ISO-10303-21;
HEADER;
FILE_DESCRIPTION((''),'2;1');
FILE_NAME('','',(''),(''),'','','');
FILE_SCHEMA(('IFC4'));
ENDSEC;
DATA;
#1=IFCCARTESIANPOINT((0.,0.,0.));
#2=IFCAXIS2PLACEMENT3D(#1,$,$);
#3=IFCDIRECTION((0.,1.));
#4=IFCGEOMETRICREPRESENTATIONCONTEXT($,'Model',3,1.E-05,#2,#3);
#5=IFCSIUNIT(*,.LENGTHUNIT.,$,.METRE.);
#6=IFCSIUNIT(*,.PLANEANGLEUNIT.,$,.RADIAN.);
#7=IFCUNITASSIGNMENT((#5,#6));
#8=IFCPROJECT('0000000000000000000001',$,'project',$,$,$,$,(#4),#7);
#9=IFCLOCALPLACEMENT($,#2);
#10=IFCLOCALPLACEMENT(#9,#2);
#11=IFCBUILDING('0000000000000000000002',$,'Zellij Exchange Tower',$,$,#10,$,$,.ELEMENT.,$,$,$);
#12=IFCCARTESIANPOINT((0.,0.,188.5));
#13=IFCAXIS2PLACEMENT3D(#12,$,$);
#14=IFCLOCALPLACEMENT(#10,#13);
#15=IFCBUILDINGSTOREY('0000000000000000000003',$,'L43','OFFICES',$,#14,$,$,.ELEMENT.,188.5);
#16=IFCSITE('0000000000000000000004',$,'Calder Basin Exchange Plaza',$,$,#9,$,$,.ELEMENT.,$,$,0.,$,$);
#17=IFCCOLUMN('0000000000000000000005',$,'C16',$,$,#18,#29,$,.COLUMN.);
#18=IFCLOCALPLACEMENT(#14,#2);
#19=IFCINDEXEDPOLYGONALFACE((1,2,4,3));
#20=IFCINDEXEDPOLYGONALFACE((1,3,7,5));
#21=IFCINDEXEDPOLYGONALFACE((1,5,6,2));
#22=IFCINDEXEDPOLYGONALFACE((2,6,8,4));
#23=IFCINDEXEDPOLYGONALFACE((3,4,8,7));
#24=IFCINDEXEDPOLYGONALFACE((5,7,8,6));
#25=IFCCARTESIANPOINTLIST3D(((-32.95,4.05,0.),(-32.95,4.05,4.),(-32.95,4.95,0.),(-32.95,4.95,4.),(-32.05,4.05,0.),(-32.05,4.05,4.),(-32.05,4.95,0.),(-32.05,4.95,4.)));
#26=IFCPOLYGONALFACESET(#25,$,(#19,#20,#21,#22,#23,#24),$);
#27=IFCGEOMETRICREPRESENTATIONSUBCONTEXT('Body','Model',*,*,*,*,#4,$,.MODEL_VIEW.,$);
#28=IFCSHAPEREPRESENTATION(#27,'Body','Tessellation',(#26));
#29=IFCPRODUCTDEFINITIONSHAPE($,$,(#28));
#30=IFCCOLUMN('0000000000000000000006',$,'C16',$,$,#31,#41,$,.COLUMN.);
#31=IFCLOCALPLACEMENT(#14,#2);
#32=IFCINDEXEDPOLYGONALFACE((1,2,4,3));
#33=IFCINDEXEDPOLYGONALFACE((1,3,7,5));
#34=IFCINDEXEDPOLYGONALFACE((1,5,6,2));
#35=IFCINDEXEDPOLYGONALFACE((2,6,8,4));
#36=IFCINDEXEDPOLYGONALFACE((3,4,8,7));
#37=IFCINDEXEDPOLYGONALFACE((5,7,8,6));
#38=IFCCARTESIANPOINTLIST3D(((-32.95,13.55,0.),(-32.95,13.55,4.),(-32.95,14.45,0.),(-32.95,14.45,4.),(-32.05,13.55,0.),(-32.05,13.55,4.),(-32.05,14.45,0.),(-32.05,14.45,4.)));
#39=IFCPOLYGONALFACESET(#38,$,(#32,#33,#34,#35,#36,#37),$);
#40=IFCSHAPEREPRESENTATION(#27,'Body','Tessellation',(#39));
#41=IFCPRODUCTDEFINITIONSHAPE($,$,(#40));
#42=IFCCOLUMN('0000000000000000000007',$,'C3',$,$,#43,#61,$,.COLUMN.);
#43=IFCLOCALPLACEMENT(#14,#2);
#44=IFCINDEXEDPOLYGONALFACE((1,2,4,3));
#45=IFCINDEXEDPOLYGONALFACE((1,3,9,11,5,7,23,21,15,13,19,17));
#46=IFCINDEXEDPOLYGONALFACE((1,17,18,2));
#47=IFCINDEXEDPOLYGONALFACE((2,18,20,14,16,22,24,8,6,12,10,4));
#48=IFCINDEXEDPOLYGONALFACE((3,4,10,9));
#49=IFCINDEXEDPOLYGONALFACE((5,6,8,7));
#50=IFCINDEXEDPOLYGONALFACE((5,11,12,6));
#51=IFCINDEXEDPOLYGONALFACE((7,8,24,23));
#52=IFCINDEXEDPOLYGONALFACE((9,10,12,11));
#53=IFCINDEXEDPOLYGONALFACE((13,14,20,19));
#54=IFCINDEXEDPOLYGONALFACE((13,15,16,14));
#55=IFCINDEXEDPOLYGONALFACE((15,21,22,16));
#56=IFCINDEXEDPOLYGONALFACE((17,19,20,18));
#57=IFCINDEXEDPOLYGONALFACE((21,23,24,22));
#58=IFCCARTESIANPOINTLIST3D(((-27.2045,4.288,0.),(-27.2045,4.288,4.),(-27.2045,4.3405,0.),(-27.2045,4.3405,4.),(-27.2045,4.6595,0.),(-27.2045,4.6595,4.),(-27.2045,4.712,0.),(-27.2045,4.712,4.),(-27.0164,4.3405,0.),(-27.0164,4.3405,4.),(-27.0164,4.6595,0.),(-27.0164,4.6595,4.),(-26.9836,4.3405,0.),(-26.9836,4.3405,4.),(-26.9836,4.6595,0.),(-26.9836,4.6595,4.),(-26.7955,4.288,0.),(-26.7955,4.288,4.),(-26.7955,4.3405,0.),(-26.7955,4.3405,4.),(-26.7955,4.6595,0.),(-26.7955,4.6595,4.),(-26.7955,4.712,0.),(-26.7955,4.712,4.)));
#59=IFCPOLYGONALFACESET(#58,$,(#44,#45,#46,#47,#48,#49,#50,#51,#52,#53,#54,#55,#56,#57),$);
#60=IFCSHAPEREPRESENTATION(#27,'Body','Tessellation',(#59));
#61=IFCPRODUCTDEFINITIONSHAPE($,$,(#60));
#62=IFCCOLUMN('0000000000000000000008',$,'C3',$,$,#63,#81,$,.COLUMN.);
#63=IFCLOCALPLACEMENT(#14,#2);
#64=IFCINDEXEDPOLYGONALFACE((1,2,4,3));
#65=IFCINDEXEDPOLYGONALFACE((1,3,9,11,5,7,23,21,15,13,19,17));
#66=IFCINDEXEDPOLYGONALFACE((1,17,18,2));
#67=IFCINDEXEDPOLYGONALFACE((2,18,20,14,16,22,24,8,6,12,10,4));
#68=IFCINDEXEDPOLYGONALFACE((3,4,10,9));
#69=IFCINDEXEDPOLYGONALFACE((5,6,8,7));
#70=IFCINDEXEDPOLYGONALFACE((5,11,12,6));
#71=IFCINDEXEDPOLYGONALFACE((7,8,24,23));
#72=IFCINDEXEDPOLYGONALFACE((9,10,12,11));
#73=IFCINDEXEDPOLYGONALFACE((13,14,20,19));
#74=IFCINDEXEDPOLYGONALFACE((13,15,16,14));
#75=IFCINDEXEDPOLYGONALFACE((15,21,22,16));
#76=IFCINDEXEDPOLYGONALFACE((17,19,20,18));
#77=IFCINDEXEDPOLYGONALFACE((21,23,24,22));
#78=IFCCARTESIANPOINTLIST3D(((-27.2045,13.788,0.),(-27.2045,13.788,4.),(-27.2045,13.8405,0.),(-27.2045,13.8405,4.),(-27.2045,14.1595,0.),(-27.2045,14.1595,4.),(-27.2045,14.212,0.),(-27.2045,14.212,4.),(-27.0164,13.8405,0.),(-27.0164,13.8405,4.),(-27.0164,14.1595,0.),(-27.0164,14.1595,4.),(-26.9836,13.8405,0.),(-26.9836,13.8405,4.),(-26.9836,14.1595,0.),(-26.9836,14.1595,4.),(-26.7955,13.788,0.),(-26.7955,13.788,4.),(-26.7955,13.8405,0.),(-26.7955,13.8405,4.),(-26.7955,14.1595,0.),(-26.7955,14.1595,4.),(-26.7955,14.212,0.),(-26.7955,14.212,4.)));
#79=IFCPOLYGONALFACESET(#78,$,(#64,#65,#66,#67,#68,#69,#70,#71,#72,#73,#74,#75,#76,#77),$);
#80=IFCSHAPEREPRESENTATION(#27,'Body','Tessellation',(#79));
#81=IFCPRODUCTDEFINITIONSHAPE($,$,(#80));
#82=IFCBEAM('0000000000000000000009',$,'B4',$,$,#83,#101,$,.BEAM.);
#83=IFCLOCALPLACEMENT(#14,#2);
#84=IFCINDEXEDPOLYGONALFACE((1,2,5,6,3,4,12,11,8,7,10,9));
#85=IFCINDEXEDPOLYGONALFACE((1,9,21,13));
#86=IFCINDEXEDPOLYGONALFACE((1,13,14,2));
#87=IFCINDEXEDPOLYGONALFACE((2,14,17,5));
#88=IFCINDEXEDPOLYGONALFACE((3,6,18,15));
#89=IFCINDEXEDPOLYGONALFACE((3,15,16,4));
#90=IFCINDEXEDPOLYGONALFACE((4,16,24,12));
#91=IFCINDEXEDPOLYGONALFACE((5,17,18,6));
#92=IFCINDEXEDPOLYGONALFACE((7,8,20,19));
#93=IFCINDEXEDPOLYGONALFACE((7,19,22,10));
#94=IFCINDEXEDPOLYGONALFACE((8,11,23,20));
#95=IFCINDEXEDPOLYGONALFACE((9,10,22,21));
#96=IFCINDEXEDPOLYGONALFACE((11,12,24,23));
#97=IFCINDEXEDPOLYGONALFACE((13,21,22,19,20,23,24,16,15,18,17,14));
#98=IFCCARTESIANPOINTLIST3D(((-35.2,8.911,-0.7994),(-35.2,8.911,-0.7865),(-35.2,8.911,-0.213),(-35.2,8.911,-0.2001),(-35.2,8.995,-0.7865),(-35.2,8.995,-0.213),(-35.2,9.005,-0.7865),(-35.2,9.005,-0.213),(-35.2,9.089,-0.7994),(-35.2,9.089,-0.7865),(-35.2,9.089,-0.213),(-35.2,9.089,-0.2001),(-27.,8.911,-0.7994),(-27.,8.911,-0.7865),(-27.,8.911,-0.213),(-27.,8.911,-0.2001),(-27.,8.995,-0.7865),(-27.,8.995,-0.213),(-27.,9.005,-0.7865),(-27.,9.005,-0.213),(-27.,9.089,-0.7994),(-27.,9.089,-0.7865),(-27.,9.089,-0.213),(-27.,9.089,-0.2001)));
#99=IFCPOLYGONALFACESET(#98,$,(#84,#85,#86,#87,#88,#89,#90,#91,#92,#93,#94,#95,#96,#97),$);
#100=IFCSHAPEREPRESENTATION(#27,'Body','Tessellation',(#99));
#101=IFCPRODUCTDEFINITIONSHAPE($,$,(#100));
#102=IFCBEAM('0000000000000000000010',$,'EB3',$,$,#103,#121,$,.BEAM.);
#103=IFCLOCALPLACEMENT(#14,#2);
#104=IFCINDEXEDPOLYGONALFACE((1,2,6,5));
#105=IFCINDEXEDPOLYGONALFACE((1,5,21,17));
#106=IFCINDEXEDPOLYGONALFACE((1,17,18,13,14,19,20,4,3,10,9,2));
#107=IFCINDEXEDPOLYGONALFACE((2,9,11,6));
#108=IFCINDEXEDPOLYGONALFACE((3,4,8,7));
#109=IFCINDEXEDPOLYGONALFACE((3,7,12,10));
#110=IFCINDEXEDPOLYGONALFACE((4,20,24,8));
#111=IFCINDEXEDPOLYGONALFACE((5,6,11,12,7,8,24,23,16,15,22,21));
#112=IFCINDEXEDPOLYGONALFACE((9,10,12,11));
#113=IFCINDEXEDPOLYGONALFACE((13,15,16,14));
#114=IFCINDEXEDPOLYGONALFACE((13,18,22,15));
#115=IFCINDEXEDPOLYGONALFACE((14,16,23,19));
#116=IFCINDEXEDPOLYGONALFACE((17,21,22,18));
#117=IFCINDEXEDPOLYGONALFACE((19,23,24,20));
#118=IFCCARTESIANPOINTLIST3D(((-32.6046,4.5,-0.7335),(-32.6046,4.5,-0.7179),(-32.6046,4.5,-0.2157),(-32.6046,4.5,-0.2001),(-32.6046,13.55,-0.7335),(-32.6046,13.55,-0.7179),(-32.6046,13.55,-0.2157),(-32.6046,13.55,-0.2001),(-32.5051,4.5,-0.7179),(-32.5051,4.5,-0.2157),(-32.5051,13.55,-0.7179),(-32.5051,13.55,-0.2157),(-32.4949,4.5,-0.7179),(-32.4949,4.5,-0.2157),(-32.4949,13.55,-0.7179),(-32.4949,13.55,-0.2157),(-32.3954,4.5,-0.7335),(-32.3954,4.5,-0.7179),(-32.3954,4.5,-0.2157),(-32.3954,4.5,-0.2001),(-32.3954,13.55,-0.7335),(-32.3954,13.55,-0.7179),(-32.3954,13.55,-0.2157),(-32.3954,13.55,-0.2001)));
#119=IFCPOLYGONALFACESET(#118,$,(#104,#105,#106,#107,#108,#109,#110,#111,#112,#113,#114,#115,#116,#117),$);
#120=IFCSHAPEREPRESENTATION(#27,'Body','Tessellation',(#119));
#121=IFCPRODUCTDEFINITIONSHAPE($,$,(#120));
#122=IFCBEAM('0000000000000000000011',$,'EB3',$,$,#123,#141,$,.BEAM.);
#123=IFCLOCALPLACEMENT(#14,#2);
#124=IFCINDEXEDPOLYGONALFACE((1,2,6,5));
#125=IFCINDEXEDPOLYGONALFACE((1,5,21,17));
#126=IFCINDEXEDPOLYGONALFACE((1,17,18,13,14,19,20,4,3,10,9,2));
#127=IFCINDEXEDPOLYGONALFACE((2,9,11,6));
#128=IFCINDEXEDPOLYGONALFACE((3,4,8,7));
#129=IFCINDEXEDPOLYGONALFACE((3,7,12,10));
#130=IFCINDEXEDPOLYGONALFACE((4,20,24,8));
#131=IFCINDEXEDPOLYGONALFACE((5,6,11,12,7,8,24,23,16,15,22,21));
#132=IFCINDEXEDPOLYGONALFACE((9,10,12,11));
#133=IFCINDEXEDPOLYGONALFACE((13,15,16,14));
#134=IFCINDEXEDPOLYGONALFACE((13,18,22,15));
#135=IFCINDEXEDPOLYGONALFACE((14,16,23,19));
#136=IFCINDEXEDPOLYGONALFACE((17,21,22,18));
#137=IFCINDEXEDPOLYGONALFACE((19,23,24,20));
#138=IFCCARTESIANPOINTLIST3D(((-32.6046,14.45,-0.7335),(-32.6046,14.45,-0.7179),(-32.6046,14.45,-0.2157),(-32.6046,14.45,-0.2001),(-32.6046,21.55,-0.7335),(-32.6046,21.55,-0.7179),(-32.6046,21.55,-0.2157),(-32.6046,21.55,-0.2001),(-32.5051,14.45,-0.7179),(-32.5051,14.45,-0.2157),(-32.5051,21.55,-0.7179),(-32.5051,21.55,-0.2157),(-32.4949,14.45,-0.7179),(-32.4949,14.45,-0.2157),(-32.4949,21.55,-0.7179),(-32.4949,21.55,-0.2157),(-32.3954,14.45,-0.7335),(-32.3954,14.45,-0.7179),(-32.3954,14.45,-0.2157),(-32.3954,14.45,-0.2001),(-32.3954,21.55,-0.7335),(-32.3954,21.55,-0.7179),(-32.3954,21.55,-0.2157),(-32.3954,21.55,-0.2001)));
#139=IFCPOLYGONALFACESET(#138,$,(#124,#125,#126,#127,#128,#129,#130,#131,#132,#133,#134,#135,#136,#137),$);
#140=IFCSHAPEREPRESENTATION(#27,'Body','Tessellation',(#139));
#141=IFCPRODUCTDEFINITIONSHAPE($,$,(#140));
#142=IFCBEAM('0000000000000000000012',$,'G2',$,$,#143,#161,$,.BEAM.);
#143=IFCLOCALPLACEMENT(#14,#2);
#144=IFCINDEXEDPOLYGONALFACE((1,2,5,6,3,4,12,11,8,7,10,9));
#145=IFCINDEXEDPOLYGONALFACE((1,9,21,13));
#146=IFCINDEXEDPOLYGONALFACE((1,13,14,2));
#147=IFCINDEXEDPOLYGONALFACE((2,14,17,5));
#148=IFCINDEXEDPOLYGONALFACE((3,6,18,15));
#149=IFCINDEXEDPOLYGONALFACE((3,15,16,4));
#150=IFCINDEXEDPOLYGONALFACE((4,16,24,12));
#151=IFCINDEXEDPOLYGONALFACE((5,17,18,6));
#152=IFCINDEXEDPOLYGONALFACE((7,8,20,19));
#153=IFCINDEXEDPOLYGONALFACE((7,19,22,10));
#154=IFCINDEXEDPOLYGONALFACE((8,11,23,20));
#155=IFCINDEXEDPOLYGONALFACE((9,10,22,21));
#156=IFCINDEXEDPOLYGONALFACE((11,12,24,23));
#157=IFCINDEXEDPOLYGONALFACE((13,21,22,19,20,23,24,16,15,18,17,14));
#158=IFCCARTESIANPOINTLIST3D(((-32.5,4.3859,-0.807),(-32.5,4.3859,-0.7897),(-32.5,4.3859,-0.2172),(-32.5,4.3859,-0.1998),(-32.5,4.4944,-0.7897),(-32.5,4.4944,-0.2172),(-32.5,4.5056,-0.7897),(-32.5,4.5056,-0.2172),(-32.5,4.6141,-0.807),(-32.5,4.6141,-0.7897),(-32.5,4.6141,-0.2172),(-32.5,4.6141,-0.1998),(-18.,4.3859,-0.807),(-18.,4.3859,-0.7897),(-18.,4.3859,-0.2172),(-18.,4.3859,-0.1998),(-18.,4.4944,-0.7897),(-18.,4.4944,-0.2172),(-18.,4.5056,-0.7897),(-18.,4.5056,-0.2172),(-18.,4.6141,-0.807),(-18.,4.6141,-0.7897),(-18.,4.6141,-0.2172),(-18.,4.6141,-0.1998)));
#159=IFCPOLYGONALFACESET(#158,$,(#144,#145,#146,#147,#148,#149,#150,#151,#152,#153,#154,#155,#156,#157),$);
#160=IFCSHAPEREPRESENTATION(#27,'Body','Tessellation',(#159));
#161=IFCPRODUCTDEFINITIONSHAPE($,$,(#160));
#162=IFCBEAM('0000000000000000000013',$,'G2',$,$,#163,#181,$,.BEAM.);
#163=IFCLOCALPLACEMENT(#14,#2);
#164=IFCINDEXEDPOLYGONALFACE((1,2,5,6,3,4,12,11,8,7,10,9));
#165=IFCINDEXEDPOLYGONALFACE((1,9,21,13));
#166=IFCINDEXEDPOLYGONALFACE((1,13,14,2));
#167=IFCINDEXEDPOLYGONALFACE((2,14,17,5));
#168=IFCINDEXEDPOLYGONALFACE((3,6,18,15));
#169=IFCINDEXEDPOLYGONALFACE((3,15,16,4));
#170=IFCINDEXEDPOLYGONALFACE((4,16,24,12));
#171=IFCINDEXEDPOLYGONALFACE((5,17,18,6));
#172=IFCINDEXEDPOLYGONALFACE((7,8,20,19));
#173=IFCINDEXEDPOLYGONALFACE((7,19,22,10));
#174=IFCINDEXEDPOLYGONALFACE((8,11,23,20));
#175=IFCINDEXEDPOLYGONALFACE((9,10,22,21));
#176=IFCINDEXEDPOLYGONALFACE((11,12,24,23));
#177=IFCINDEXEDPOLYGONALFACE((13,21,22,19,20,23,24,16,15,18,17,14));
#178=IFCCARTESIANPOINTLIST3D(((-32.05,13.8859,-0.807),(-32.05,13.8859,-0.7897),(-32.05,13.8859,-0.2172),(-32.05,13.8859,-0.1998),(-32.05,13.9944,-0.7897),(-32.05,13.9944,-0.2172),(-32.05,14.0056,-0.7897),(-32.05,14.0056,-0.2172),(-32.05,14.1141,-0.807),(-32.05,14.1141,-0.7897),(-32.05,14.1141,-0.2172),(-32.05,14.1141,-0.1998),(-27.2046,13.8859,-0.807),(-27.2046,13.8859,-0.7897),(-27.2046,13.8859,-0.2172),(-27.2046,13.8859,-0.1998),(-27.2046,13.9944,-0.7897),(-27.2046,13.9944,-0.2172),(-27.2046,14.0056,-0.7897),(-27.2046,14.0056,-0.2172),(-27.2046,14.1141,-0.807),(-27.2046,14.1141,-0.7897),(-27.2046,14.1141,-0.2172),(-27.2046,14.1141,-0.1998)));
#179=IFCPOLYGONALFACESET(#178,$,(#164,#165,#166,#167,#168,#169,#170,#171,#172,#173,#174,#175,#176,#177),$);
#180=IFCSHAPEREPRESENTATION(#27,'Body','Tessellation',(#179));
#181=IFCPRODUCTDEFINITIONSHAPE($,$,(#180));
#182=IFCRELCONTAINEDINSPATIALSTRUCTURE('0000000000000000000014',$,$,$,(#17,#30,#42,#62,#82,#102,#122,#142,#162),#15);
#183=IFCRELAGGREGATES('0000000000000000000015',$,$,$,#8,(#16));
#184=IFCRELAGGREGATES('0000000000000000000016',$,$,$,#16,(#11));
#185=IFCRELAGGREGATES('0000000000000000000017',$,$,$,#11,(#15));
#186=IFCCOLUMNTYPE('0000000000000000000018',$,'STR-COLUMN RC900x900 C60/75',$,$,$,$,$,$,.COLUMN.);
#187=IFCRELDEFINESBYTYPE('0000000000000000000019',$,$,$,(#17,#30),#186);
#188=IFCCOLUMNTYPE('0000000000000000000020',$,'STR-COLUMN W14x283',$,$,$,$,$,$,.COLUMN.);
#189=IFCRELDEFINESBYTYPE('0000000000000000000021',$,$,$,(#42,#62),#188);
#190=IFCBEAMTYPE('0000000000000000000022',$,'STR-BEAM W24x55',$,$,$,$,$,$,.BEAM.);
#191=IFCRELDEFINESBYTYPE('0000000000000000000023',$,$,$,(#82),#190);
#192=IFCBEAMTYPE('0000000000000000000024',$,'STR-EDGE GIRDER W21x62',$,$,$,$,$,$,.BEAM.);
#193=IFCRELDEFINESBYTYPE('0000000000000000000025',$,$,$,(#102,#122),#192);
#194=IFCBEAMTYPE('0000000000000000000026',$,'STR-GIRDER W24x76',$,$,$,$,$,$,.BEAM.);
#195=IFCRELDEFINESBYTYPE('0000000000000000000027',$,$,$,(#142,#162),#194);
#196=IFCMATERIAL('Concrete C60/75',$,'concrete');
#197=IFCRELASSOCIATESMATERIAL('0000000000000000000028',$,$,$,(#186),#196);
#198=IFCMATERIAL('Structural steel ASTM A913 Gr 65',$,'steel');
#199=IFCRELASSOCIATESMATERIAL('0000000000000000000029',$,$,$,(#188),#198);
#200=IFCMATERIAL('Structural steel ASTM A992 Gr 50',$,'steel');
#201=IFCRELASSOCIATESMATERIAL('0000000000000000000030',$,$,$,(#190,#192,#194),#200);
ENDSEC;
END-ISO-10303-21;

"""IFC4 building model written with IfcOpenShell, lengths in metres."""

from ifc_helpers import new_model, si_unit, direction, frame, origin, origin_2d, place, context, subcontext, project, spatial, rectangle, i_section, extrude, material, material_profile, profile_set, type_object, element, save


model = new_model("IFC4")

# Units and contexts
model_context = context("Model", 3, precision=1e-05, world=origin(), true_north=direction((0.0, 1.0)))
body_context = subcontext(model_context, "Body", "Model", "MODEL_VIEW")
ifc_project = project(units=[si_unit("LENGTHUNIT", "METRE"), si_unit("PLANEANGLEUNIT", "RADIAN")], contexts=[model_context])

# Site, building, storey
site_placement = place(None, origin())
site = spatial("IfcSite", under=ifc_project, at=site_placement, Name="Calder Basin Exchange Plaza", CompositionType="ELEMENT", RefElevation=0.0)
building_placement = place(site_placement, origin())
building = spatial("IfcBuilding", under=site, at=building_placement, Name="Zellij Exchange Tower", CompositionType="ELEMENT")
storey_placement = place(building_placement, frame((0.0, 0.0, 188.5)))
storey = spatial("IfcBuildingStorey", under=building, at=storey_placement, Name="L43", Description="OFFICES", CompositionType="ELEMENT", Elevation=188.5)

# Columns
ifc_material_1 = material(Name="Concrete C60/75", Category="concrete")
ifc_material_profile_1 = material_profile(ifc_material_1, rectangle(XDim=0.8999, YDim=0.8999, at=origin_2d()), Name="STR-COLUMN RC900x900 C60/75")
ifc_profile_set_1 = profile_set([ifc_material_profile_1], Name="Concrete C60/75")
column_type_1 = type_object("IfcColumnType", Name="STR-COLUMN RC900x900 C60/75", PredefinedType="COLUMN", material=ifc_profile_set_1)
for number, where, z_axis, x_axis, name in (
    (1, (-32.5, 4.5, 0.0), (0.0, 0.0, 1.0), (1.0, 0.0, 0.0), "C16"),
    (2, (-32.5, 14.0, 0.0), (0.0, 0.0, 1.0), (1.0, 0.0, 0.0), "C16"),
):
    element("IfcColumn", number, at=place(storey_placement, frame(where, z_axis=z_axis, x_axis=x_axis)), inside=storey, type_object=column_type_1, Name=name, PredefinedType="COLUMN", context=body_context, shape_type="SweptSolid", body=[
        extrude(rectangle(XDim=0.8999, YDim=0.8999, at=origin_2d()), origin(), (0.0, 0.0, 1.0), 4.0),
    ])
ifc_material_2 = material(Name="Structural steel ASTM A913 Gr 65", Category="steel")
ifc_material_profile_2 = material_profile(ifc_material_2, i_section(OverallWidth=0.4089, OverallDepth=0.4241, WebThickness=0.0327, FlangeThickness=0.0525, at=origin_2d()), Name="W14x283")
ifc_profile_set_2 = profile_set([ifc_material_profile_2], Name="Structural steel ASTM A913 Gr 65")
column_type_2 = type_object("IfcColumnType", Name="STR-COLUMN W14x283", PredefinedType="COLUMN", material=ifc_profile_set_2)
for number, where, z_axis, x_axis, name in (
    (3, (-27.0, 4.5, 0.0), (0.0, 0.0, 1.0), (1.0, 0.0, 0.0), "C3"),
    (4, (-27.0, 14.0, 0.0), (0.0, 0.0, 1.0), (1.0, 0.0, 0.0), "C3"),
):
    element("IfcColumn", number, at=place(storey_placement, frame(where, z_axis=z_axis, x_axis=x_axis)), inside=storey, type_object=column_type_2, Name=name, PredefinedType="COLUMN", context=body_context, shape_type="SweptSolid", body=[
        extrude(i_section(OverallWidth=0.4089, OverallDepth=0.4241, WebThickness=0.0327, FlangeThickness=0.0525, at=origin_2d()), origin(), (0.0, 0.0, 1.0), 4.0),
    ])

# Beams
ifc_material_3 = material(Name="Structural steel ASTM A992 Gr 50", Category="steel")
ifc_material_profile_3 = material_profile(ifc_material_3, i_section(OverallWidth=0.178, OverallDepth=0.5994, WebThickness=0.01, FlangeThickness=0.0129, at=origin_2d()), Name="W24x55")
ifc_profile_set_3 = profile_set([ifc_material_profile_3], Name="Structural steel ASTM A992 Gr 50")
beam_type_1 = type_object("IfcBeamType", Name="STR-BEAM W24x55", PredefinedType="BEAM", material=ifc_profile_set_3)
beam_1_placement = place(storey_placement, frame((-35.2, 9.0, -0.4998), z_axis=(1.0, 0.0, 0.0), x_axis=(0.0, 1.0, 0.0)))
element("IfcBeam", 5, at=beam_1_placement, inside=storey, type_object=beam_type_1, Name="B4", PredefinedType="BEAM", context=body_context, shape_type="SweptSolid", body=[
    extrude(i_section(OverallWidth=0.178, OverallDepth=0.5994, WebThickness=0.01, FlangeThickness=0.0129, at=origin_2d()), origin(), (0.0, 0.0, 1.0), 8.2),
])
ifc_material_profile_4 = material_profile(ifc_material_3, i_section(OverallWidth=0.2092, OverallDepth=0.5334, WebThickness=0.0103, FlangeThickness=0.0156, at=origin_2d()), Name="W21x62")
ifc_profile_set_4 = profile_set([ifc_material_profile_4], Name="Structural steel ASTM A992 Gr 50")
beam_type_2 = type_object("IfcBeamType", Name="STR-EDGE GIRDER W21x62", PredefinedType="BEAM", material=ifc_profile_set_4)
beam_2_placement = place(storey_placement, frame((-32.5, 4.5, -0.4668), z_axis=(0.0, 1.0, 0.0), x_axis=(-1.0, 0.0, 0.0)))
element("IfcBeam", 6, at=beam_2_placement, inside=storey, type_object=beam_type_2, Name="EB3", PredefinedType="BEAM", context=body_context, shape_type="SweptSolid", body=[
    extrude(i_section(OverallWidth=0.2092, OverallDepth=0.5334, WebThickness=0.0103, FlangeThickness=0.0156, at=origin_2d()), origin(), (0.0, 0.0, 1.0), 9.05),
])
beam_3_placement = place(storey_placement, frame((-32.5, 14.45, -0.4668), z_axis=(0.0, 1.0, 0.0), x_axis=(-1.0, 0.0, 0.0)))
element("IfcBeam", 7, at=beam_3_placement, inside=storey, type_object=beam_type_2, Name="EB3", PredefinedType="BEAM", context=body_context, shape_type="SweptSolid", body=[
    extrude(i_section(OverallWidth=0.2092, OverallDepth=0.5334, WebThickness=0.0103, FlangeThickness=0.0156, at=origin_2d()), origin(), (0.0, 0.0, 1.0), 7.1001),
])
ifc_material_profile_5 = material_profile(ifc_material_3, i_section(OverallWidth=0.2283, OverallDepth=0.6072, WebThickness=0.0112, FlangeThickness=0.0173, at=origin_2d()), Name="W24x76")
ifc_profile_set_5 = profile_set([ifc_material_profile_5], Name="Structural steel ASTM A992 Gr 50")
beam_type_3 = type_object("IfcBeamType", Name="STR-GIRDER W24x76", PredefinedType="BEAM", material=ifc_profile_set_5)
beam_4_placement = place(storey_placement, frame((-32.5, 4.5, -0.5034), z_axis=(1.0, 0.0, 0.0), x_axis=(0.0, 1.0, 0.0)))
element("IfcBeam", 8, at=beam_4_placement, inside=storey, type_object=beam_type_3, Name="G2", PredefinedType="BEAM", context=body_context, shape_type="SweptSolid", body=[
    extrude(i_section(OverallWidth=0.2283, OverallDepth=0.6072, WebThickness=0.0112, FlangeThickness=0.0173, at=origin_2d()), origin(), (0.0, 0.0, 1.0), 14.5),
])
beam_5_placement = place(storey_placement, frame((-32.05, 14.0, -0.5034), z_axis=(1.0, 0.0, 0.0), x_axis=(0.0, 1.0, 0.0)))
element("IfcBeam", 9, at=beam_5_placement, inside=storey, type_object=beam_type_3, Name="G2", PredefinedType="BEAM", context=body_context, shape_type="SweptSolid", body=[
    extrude(i_section(OverallWidth=0.2283, OverallDepth=0.6072, WebThickness=0.0112, FlangeThickness=0.0173, at=origin_2d()), origin(), (0.0, 0.0, 1.0), 4.8455),
])

save(model, "model.ifc")
